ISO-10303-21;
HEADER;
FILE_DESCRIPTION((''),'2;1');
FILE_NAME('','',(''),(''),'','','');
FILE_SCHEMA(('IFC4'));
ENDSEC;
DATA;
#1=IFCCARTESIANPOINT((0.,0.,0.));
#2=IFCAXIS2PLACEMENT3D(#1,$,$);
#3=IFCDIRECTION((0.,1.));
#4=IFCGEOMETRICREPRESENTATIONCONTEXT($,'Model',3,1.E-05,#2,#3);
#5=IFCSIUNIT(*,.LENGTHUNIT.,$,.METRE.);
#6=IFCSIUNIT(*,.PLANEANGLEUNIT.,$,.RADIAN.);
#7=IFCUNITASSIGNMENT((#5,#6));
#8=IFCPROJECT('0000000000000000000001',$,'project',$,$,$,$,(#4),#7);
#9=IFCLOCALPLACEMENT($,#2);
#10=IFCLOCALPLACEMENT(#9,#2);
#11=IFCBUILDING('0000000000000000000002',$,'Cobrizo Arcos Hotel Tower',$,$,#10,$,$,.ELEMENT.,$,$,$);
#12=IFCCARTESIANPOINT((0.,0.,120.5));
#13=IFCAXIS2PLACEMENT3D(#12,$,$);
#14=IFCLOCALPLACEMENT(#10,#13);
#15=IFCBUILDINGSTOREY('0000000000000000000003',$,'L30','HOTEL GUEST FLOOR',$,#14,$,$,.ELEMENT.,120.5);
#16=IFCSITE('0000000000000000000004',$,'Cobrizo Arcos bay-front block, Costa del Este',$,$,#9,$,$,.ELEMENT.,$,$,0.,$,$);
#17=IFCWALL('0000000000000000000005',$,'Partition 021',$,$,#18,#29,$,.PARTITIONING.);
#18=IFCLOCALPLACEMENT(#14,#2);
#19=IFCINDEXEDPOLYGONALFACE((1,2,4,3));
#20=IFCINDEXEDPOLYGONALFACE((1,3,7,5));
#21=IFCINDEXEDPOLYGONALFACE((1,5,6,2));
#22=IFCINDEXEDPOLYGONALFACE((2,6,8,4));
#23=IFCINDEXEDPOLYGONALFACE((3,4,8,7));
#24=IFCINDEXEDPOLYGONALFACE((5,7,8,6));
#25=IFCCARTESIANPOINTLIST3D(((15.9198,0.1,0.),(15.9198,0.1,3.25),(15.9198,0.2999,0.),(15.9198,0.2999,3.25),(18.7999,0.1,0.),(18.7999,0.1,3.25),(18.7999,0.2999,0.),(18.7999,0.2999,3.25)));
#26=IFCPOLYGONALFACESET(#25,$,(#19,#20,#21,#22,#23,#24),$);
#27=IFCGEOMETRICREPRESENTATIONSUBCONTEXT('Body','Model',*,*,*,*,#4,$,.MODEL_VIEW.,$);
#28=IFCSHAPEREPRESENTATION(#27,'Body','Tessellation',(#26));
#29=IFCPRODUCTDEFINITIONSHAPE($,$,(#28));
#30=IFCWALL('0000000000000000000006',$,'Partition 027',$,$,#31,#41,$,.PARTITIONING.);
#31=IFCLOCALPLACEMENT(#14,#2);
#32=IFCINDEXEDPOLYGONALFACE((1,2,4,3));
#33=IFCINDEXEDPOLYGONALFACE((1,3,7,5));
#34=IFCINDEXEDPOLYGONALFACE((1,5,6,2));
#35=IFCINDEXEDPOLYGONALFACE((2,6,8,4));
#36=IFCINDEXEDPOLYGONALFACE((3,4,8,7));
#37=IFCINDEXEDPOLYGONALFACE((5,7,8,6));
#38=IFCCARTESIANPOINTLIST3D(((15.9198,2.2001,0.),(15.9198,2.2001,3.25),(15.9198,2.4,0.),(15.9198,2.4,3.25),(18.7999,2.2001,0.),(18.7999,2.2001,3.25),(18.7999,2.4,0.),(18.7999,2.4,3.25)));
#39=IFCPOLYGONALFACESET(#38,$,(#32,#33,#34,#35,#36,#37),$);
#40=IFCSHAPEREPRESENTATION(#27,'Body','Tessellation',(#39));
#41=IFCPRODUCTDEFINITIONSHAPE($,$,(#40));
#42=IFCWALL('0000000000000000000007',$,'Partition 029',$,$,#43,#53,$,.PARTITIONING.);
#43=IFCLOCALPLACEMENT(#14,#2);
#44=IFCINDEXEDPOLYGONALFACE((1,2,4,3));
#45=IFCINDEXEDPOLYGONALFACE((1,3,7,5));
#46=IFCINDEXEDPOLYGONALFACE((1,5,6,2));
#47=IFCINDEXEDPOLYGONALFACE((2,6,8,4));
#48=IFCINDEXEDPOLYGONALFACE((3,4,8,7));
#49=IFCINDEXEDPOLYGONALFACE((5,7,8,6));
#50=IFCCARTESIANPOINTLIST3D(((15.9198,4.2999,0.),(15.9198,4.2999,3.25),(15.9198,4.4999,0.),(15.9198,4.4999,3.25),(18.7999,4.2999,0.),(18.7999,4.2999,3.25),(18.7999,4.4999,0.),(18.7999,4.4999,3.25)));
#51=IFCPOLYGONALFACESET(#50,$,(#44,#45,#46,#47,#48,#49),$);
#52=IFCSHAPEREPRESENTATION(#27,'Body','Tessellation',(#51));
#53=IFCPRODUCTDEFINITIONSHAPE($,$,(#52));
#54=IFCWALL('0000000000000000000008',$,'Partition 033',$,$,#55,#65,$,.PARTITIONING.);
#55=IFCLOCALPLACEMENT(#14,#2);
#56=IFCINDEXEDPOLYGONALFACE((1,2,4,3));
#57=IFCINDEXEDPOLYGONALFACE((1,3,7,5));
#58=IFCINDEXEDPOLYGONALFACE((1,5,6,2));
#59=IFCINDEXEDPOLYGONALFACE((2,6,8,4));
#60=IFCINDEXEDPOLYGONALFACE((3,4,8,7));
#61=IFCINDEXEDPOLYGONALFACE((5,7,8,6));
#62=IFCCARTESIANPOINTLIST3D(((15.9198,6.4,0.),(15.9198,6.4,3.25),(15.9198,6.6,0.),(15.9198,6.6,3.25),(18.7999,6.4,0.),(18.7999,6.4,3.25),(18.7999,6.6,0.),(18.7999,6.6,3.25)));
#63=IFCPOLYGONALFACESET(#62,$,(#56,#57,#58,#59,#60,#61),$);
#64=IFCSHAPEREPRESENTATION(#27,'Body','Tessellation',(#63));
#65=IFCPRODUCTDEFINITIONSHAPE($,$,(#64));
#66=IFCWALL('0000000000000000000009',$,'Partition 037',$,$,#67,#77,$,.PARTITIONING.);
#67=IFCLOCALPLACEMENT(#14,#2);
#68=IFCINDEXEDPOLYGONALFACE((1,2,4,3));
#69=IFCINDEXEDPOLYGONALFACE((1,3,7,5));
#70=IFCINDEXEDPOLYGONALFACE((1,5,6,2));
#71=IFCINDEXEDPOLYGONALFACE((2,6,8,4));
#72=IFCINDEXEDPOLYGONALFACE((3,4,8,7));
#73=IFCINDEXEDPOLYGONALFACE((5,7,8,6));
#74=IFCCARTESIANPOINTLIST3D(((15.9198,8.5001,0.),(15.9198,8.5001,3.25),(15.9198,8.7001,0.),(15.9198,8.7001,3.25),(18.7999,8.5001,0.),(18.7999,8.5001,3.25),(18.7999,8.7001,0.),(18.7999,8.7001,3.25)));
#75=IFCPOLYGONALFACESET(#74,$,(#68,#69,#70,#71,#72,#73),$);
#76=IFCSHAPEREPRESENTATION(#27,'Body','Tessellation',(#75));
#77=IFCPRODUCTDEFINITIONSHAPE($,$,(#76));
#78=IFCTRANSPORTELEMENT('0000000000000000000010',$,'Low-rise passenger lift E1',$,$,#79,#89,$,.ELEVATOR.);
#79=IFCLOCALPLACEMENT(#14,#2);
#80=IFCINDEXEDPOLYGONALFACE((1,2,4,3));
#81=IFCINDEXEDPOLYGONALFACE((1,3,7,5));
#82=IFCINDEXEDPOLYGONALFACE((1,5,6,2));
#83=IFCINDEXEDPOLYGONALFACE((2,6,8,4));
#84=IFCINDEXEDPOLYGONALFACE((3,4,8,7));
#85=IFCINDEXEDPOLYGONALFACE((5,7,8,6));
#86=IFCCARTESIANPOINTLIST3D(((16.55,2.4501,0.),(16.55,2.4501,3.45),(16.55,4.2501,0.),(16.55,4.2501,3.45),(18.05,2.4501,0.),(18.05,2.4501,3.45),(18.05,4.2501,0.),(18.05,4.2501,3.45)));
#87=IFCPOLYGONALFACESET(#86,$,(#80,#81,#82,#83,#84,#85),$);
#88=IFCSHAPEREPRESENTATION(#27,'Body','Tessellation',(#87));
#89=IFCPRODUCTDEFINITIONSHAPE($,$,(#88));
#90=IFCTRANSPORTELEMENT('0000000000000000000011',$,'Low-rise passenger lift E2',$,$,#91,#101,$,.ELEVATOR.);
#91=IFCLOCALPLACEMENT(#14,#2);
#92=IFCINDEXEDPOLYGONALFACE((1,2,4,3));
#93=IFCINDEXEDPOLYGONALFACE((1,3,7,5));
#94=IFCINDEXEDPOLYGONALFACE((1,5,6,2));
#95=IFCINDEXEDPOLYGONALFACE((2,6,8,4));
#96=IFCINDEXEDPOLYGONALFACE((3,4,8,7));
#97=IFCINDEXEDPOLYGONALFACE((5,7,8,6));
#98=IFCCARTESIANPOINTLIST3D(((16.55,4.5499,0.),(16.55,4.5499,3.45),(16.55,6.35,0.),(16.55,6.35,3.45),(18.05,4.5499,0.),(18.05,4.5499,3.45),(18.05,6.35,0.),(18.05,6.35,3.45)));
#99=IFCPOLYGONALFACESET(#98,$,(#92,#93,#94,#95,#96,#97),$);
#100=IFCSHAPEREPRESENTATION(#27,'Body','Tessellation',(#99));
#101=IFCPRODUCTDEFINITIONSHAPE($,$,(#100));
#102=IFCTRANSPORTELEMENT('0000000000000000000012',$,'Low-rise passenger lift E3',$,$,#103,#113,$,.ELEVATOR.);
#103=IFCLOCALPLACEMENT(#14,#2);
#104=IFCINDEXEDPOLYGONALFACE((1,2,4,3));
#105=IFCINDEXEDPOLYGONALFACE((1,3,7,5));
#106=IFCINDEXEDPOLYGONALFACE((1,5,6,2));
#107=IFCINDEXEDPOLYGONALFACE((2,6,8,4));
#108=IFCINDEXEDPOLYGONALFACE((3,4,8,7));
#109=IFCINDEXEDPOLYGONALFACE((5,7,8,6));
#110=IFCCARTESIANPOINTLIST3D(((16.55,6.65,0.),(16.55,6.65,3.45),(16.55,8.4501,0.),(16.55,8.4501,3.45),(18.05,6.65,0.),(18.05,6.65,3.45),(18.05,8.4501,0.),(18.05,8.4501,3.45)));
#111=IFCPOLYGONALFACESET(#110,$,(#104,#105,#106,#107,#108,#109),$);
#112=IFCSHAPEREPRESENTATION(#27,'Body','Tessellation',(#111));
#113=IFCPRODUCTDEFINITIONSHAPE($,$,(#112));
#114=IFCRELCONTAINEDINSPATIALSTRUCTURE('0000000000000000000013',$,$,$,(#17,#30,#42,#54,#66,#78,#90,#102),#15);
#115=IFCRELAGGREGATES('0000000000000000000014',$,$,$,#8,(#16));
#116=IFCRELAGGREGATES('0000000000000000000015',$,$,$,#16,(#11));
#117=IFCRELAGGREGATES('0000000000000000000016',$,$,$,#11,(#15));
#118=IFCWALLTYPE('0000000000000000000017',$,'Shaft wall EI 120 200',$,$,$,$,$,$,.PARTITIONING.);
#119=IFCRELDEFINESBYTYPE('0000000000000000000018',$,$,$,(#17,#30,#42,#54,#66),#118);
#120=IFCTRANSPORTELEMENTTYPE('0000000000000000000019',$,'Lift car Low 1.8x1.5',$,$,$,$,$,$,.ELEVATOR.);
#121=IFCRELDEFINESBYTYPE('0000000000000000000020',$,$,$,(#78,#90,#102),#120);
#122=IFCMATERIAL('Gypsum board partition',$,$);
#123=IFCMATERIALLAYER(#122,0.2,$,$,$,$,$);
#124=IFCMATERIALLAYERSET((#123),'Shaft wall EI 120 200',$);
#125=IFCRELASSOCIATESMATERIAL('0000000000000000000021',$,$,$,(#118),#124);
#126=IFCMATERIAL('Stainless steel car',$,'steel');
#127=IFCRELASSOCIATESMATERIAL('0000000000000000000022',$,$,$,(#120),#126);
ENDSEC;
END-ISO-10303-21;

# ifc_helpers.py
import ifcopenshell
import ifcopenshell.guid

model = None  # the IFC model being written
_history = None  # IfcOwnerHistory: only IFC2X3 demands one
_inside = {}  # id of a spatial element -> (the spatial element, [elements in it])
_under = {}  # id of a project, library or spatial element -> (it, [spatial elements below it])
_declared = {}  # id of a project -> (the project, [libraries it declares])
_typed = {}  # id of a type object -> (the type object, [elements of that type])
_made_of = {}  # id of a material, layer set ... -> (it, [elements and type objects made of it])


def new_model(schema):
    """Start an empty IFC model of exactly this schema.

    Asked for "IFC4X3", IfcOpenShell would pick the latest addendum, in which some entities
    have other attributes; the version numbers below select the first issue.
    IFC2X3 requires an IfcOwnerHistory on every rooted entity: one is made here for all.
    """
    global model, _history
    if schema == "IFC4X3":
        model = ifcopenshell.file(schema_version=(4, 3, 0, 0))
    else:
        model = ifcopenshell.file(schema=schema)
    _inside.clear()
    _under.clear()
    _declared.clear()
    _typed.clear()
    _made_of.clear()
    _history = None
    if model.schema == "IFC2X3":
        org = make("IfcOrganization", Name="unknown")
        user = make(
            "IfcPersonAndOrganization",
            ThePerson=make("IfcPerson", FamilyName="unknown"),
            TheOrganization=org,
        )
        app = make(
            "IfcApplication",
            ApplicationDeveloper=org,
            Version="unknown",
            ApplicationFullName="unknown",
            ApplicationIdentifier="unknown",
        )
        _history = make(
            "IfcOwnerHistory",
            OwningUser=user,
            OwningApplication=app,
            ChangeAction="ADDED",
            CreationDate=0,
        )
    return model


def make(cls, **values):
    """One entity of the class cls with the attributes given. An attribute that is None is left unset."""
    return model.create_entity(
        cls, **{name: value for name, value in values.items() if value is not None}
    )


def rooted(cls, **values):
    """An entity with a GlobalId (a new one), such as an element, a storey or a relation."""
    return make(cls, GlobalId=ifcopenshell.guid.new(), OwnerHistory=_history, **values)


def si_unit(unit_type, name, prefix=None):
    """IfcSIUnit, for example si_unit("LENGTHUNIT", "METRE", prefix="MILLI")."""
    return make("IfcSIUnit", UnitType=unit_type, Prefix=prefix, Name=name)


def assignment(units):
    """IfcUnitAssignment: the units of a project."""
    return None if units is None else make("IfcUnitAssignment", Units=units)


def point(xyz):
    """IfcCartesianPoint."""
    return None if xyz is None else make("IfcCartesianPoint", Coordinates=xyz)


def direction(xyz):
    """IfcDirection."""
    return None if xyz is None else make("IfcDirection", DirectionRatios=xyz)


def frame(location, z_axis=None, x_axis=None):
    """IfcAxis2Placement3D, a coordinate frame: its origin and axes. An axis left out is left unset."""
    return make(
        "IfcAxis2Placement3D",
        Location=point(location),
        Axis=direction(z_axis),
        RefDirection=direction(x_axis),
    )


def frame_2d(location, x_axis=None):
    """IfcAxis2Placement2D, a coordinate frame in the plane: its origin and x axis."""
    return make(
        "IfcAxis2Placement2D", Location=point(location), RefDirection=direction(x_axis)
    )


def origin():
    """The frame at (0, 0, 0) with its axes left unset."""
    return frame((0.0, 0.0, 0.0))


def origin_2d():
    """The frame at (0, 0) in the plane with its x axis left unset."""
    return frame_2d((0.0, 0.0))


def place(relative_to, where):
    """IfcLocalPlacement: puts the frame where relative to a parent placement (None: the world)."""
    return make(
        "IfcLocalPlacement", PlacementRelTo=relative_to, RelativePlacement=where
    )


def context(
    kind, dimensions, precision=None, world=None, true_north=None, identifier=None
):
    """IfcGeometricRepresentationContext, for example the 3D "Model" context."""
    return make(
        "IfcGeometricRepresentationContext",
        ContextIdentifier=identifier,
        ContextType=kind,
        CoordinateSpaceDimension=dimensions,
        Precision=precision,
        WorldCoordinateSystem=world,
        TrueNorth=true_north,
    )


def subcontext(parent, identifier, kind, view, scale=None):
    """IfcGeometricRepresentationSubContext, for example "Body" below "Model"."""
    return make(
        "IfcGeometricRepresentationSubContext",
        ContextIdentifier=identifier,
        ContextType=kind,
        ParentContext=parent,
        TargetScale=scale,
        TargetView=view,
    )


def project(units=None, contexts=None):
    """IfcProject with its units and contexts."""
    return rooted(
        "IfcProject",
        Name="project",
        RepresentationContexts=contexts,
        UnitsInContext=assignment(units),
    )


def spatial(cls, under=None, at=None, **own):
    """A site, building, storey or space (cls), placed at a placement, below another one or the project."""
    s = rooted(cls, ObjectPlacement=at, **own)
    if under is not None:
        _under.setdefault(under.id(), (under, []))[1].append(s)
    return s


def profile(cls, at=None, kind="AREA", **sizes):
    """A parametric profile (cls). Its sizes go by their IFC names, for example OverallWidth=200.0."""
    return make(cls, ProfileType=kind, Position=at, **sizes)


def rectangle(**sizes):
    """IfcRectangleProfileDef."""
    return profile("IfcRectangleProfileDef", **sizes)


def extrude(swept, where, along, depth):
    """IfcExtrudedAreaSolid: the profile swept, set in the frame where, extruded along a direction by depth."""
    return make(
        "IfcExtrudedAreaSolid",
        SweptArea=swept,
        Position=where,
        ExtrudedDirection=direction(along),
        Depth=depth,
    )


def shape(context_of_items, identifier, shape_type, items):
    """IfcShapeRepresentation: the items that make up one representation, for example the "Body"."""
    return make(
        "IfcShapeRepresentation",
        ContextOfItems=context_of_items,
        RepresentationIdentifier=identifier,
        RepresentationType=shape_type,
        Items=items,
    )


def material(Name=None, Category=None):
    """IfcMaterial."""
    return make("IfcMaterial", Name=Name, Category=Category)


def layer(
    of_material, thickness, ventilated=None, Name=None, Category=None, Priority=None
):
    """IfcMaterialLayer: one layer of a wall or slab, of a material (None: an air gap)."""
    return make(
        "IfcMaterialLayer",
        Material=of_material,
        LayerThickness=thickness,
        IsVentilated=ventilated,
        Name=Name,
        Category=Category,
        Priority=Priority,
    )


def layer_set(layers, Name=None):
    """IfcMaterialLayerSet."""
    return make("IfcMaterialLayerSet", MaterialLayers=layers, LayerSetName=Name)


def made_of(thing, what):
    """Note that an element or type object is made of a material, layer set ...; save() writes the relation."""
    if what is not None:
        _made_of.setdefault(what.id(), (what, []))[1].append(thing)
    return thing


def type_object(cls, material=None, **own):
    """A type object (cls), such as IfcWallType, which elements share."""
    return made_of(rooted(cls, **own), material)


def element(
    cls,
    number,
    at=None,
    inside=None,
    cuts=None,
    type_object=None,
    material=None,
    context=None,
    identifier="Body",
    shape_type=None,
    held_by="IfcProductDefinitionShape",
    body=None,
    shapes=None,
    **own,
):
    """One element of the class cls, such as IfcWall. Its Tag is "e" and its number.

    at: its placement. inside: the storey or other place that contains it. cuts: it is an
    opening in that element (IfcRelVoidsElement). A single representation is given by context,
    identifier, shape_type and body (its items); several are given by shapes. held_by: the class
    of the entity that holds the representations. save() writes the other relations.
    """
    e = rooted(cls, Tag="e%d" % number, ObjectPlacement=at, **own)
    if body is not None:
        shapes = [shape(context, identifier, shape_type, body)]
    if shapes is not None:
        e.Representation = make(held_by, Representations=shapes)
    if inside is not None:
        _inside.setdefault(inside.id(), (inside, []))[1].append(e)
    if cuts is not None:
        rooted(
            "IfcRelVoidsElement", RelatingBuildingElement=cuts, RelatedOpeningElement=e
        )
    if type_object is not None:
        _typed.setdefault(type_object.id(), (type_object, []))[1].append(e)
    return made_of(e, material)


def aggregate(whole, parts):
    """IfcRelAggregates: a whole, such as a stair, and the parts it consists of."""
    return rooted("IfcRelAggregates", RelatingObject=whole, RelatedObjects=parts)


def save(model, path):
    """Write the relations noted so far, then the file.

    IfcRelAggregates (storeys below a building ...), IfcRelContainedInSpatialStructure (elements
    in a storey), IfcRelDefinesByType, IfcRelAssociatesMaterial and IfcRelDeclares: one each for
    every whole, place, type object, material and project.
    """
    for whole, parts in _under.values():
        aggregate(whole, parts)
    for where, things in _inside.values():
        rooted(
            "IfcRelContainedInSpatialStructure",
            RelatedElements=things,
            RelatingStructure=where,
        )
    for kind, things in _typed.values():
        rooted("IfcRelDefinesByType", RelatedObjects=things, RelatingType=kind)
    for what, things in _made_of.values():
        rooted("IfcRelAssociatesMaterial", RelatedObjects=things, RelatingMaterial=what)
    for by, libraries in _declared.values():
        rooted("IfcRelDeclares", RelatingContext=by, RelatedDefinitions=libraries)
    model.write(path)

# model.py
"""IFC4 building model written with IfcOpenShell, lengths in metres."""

from ifc_helpers import new_model, si_unit, direction, frame, frame_2d, origin, origin_2d, place, context, subcontext, project, spatial, rectangle, extrude, material, layer, layer_set, type_object, element, save


model = new_model("IFC4")

# Units and contexts
model_context = context("Model", 3, precision=1e-05, world=origin(), true_north=direction((0.0, 1.0)))
body_context = subcontext(model_context, "Body", "Model", "MODEL_VIEW")
ifc_project = project(units=[si_unit("LENGTHUNIT", "METRE"), si_unit("PLANEANGLEUNIT", "RADIAN")], contexts=[model_context])

# Site, building, storey
site_placement = place(None, origin())
site = spatial("IfcSite", under=ifc_project, at=site_placement, Name="Cobrizo Arcos bay-front block, Costa del Este", CompositionType="ELEMENT", RefElevation=0.0)
building_placement = place(site_placement, origin())
building = spatial("IfcBuilding", under=site, at=building_placement, Name="Cobrizo Arcos Hotel Tower", CompositionType="ELEMENT")
storey_placement = place(building_placement, frame((0.0, 0.0, 120.5)))
storey = spatial("IfcBuildingStorey", under=building, at=storey_placement, Name="L30", Description="HOTEL GUEST FLOOR", CompositionType="ELEMENT", Elevation=120.5)

# Shared definitions
ifc_material_1 = material(Name="Gypsum board partition")

# Walls
ifc_layer_1 = layer(ifc_material_1, 0.2)
ifc_layer_set_1 = layer_set([ifc_layer_1], Name="Shaft wall EI 120 200")
wall_type_1 = type_object("IfcWallType", Name="Shaft wall EI 120 200", PredefinedType="PARTITIONING", material=ifc_layer_set_1)
for number, where, z_axis, x_axis, name in (
    (1, (15.9199, 0.2, 0.0), (0.0, 0.0, 1.0), (1.0, 0.0, 0.0), "Partition 021"),
    (2, (15.9199, 2.3, 0.0), (0.0, 0.0, 1.0), (1.0, 0.0, 0.0), "Partition 027"),
    (3, (15.9199, 4.3999, 0.0), (0.0, 0.0, 1.0), (1.0, 0.0, 0.0), "Partition 029"),
    (4, (15.9199, 6.5, 0.0), (0.0, 0.0, 1.0), (1.0, 0.0, 0.0), "Partition 033"),
    (5, (15.9199, 8.6001, 0.0), (0.0, 0.0, 1.0), (1.0, 0.0, 0.0), "Partition 037"),
):
    element("IfcWall", number, at=place(storey_placement, frame(where, z_axis=z_axis, x_axis=x_axis)), inside=storey, type_object=wall_type_1, Name=name, PredefinedType="PARTITIONING", context=body_context, shape_type="SweptSolid", body=[
        extrude(rectangle(XDim=2.8801, YDim=0.2, at=frame_2d((1.4399, 0.0))), origin(), (0.0, 0.0, 1.0), 3.25),
    ])

# Transport elements
ifc_material_2 = material(Name="Stainless steel car", Category="steel")
transport_element_type = type_object("IfcTransportElementType", Name="Lift car Low 1.8x1.5", PredefinedType="ELEVATOR", material=ifc_material_2)
for number, where, z_axis, x_axis, name in (
    (6, (17.3, 3.3501, 0.0), (0.0, 0.0, 1.0), (1.0, 0.0, 0.0), "Low-rise passenger lift E1"),
    (7, (17.3, 5.45, 0.0), (0.0, 0.0, 1.0), (1.0, 0.0, 0.0), "Low-rise passenger lift E2"),
    (8, (17.3, 7.55, 0.0), (0.0, 0.0, 1.0), (1.0, 0.0, 0.0), "Low-rise passenger lift E3"),
):
    element("IfcTransportElement", number, at=place(storey_placement, frame(where, z_axis=z_axis, x_axis=x_axis)), inside=storey, type_object=transport_element_type, Name=name, PredefinedType="ELEVATOR", context=body_context, shape_type="SweptSolid", body=[
        extrude(rectangle(XDim=1.5, YDim=1.8, at=origin_2d()), origin(), (0.0, 0.0, 1.0), 3.45),
    ])

save(model, "model.ifc")
